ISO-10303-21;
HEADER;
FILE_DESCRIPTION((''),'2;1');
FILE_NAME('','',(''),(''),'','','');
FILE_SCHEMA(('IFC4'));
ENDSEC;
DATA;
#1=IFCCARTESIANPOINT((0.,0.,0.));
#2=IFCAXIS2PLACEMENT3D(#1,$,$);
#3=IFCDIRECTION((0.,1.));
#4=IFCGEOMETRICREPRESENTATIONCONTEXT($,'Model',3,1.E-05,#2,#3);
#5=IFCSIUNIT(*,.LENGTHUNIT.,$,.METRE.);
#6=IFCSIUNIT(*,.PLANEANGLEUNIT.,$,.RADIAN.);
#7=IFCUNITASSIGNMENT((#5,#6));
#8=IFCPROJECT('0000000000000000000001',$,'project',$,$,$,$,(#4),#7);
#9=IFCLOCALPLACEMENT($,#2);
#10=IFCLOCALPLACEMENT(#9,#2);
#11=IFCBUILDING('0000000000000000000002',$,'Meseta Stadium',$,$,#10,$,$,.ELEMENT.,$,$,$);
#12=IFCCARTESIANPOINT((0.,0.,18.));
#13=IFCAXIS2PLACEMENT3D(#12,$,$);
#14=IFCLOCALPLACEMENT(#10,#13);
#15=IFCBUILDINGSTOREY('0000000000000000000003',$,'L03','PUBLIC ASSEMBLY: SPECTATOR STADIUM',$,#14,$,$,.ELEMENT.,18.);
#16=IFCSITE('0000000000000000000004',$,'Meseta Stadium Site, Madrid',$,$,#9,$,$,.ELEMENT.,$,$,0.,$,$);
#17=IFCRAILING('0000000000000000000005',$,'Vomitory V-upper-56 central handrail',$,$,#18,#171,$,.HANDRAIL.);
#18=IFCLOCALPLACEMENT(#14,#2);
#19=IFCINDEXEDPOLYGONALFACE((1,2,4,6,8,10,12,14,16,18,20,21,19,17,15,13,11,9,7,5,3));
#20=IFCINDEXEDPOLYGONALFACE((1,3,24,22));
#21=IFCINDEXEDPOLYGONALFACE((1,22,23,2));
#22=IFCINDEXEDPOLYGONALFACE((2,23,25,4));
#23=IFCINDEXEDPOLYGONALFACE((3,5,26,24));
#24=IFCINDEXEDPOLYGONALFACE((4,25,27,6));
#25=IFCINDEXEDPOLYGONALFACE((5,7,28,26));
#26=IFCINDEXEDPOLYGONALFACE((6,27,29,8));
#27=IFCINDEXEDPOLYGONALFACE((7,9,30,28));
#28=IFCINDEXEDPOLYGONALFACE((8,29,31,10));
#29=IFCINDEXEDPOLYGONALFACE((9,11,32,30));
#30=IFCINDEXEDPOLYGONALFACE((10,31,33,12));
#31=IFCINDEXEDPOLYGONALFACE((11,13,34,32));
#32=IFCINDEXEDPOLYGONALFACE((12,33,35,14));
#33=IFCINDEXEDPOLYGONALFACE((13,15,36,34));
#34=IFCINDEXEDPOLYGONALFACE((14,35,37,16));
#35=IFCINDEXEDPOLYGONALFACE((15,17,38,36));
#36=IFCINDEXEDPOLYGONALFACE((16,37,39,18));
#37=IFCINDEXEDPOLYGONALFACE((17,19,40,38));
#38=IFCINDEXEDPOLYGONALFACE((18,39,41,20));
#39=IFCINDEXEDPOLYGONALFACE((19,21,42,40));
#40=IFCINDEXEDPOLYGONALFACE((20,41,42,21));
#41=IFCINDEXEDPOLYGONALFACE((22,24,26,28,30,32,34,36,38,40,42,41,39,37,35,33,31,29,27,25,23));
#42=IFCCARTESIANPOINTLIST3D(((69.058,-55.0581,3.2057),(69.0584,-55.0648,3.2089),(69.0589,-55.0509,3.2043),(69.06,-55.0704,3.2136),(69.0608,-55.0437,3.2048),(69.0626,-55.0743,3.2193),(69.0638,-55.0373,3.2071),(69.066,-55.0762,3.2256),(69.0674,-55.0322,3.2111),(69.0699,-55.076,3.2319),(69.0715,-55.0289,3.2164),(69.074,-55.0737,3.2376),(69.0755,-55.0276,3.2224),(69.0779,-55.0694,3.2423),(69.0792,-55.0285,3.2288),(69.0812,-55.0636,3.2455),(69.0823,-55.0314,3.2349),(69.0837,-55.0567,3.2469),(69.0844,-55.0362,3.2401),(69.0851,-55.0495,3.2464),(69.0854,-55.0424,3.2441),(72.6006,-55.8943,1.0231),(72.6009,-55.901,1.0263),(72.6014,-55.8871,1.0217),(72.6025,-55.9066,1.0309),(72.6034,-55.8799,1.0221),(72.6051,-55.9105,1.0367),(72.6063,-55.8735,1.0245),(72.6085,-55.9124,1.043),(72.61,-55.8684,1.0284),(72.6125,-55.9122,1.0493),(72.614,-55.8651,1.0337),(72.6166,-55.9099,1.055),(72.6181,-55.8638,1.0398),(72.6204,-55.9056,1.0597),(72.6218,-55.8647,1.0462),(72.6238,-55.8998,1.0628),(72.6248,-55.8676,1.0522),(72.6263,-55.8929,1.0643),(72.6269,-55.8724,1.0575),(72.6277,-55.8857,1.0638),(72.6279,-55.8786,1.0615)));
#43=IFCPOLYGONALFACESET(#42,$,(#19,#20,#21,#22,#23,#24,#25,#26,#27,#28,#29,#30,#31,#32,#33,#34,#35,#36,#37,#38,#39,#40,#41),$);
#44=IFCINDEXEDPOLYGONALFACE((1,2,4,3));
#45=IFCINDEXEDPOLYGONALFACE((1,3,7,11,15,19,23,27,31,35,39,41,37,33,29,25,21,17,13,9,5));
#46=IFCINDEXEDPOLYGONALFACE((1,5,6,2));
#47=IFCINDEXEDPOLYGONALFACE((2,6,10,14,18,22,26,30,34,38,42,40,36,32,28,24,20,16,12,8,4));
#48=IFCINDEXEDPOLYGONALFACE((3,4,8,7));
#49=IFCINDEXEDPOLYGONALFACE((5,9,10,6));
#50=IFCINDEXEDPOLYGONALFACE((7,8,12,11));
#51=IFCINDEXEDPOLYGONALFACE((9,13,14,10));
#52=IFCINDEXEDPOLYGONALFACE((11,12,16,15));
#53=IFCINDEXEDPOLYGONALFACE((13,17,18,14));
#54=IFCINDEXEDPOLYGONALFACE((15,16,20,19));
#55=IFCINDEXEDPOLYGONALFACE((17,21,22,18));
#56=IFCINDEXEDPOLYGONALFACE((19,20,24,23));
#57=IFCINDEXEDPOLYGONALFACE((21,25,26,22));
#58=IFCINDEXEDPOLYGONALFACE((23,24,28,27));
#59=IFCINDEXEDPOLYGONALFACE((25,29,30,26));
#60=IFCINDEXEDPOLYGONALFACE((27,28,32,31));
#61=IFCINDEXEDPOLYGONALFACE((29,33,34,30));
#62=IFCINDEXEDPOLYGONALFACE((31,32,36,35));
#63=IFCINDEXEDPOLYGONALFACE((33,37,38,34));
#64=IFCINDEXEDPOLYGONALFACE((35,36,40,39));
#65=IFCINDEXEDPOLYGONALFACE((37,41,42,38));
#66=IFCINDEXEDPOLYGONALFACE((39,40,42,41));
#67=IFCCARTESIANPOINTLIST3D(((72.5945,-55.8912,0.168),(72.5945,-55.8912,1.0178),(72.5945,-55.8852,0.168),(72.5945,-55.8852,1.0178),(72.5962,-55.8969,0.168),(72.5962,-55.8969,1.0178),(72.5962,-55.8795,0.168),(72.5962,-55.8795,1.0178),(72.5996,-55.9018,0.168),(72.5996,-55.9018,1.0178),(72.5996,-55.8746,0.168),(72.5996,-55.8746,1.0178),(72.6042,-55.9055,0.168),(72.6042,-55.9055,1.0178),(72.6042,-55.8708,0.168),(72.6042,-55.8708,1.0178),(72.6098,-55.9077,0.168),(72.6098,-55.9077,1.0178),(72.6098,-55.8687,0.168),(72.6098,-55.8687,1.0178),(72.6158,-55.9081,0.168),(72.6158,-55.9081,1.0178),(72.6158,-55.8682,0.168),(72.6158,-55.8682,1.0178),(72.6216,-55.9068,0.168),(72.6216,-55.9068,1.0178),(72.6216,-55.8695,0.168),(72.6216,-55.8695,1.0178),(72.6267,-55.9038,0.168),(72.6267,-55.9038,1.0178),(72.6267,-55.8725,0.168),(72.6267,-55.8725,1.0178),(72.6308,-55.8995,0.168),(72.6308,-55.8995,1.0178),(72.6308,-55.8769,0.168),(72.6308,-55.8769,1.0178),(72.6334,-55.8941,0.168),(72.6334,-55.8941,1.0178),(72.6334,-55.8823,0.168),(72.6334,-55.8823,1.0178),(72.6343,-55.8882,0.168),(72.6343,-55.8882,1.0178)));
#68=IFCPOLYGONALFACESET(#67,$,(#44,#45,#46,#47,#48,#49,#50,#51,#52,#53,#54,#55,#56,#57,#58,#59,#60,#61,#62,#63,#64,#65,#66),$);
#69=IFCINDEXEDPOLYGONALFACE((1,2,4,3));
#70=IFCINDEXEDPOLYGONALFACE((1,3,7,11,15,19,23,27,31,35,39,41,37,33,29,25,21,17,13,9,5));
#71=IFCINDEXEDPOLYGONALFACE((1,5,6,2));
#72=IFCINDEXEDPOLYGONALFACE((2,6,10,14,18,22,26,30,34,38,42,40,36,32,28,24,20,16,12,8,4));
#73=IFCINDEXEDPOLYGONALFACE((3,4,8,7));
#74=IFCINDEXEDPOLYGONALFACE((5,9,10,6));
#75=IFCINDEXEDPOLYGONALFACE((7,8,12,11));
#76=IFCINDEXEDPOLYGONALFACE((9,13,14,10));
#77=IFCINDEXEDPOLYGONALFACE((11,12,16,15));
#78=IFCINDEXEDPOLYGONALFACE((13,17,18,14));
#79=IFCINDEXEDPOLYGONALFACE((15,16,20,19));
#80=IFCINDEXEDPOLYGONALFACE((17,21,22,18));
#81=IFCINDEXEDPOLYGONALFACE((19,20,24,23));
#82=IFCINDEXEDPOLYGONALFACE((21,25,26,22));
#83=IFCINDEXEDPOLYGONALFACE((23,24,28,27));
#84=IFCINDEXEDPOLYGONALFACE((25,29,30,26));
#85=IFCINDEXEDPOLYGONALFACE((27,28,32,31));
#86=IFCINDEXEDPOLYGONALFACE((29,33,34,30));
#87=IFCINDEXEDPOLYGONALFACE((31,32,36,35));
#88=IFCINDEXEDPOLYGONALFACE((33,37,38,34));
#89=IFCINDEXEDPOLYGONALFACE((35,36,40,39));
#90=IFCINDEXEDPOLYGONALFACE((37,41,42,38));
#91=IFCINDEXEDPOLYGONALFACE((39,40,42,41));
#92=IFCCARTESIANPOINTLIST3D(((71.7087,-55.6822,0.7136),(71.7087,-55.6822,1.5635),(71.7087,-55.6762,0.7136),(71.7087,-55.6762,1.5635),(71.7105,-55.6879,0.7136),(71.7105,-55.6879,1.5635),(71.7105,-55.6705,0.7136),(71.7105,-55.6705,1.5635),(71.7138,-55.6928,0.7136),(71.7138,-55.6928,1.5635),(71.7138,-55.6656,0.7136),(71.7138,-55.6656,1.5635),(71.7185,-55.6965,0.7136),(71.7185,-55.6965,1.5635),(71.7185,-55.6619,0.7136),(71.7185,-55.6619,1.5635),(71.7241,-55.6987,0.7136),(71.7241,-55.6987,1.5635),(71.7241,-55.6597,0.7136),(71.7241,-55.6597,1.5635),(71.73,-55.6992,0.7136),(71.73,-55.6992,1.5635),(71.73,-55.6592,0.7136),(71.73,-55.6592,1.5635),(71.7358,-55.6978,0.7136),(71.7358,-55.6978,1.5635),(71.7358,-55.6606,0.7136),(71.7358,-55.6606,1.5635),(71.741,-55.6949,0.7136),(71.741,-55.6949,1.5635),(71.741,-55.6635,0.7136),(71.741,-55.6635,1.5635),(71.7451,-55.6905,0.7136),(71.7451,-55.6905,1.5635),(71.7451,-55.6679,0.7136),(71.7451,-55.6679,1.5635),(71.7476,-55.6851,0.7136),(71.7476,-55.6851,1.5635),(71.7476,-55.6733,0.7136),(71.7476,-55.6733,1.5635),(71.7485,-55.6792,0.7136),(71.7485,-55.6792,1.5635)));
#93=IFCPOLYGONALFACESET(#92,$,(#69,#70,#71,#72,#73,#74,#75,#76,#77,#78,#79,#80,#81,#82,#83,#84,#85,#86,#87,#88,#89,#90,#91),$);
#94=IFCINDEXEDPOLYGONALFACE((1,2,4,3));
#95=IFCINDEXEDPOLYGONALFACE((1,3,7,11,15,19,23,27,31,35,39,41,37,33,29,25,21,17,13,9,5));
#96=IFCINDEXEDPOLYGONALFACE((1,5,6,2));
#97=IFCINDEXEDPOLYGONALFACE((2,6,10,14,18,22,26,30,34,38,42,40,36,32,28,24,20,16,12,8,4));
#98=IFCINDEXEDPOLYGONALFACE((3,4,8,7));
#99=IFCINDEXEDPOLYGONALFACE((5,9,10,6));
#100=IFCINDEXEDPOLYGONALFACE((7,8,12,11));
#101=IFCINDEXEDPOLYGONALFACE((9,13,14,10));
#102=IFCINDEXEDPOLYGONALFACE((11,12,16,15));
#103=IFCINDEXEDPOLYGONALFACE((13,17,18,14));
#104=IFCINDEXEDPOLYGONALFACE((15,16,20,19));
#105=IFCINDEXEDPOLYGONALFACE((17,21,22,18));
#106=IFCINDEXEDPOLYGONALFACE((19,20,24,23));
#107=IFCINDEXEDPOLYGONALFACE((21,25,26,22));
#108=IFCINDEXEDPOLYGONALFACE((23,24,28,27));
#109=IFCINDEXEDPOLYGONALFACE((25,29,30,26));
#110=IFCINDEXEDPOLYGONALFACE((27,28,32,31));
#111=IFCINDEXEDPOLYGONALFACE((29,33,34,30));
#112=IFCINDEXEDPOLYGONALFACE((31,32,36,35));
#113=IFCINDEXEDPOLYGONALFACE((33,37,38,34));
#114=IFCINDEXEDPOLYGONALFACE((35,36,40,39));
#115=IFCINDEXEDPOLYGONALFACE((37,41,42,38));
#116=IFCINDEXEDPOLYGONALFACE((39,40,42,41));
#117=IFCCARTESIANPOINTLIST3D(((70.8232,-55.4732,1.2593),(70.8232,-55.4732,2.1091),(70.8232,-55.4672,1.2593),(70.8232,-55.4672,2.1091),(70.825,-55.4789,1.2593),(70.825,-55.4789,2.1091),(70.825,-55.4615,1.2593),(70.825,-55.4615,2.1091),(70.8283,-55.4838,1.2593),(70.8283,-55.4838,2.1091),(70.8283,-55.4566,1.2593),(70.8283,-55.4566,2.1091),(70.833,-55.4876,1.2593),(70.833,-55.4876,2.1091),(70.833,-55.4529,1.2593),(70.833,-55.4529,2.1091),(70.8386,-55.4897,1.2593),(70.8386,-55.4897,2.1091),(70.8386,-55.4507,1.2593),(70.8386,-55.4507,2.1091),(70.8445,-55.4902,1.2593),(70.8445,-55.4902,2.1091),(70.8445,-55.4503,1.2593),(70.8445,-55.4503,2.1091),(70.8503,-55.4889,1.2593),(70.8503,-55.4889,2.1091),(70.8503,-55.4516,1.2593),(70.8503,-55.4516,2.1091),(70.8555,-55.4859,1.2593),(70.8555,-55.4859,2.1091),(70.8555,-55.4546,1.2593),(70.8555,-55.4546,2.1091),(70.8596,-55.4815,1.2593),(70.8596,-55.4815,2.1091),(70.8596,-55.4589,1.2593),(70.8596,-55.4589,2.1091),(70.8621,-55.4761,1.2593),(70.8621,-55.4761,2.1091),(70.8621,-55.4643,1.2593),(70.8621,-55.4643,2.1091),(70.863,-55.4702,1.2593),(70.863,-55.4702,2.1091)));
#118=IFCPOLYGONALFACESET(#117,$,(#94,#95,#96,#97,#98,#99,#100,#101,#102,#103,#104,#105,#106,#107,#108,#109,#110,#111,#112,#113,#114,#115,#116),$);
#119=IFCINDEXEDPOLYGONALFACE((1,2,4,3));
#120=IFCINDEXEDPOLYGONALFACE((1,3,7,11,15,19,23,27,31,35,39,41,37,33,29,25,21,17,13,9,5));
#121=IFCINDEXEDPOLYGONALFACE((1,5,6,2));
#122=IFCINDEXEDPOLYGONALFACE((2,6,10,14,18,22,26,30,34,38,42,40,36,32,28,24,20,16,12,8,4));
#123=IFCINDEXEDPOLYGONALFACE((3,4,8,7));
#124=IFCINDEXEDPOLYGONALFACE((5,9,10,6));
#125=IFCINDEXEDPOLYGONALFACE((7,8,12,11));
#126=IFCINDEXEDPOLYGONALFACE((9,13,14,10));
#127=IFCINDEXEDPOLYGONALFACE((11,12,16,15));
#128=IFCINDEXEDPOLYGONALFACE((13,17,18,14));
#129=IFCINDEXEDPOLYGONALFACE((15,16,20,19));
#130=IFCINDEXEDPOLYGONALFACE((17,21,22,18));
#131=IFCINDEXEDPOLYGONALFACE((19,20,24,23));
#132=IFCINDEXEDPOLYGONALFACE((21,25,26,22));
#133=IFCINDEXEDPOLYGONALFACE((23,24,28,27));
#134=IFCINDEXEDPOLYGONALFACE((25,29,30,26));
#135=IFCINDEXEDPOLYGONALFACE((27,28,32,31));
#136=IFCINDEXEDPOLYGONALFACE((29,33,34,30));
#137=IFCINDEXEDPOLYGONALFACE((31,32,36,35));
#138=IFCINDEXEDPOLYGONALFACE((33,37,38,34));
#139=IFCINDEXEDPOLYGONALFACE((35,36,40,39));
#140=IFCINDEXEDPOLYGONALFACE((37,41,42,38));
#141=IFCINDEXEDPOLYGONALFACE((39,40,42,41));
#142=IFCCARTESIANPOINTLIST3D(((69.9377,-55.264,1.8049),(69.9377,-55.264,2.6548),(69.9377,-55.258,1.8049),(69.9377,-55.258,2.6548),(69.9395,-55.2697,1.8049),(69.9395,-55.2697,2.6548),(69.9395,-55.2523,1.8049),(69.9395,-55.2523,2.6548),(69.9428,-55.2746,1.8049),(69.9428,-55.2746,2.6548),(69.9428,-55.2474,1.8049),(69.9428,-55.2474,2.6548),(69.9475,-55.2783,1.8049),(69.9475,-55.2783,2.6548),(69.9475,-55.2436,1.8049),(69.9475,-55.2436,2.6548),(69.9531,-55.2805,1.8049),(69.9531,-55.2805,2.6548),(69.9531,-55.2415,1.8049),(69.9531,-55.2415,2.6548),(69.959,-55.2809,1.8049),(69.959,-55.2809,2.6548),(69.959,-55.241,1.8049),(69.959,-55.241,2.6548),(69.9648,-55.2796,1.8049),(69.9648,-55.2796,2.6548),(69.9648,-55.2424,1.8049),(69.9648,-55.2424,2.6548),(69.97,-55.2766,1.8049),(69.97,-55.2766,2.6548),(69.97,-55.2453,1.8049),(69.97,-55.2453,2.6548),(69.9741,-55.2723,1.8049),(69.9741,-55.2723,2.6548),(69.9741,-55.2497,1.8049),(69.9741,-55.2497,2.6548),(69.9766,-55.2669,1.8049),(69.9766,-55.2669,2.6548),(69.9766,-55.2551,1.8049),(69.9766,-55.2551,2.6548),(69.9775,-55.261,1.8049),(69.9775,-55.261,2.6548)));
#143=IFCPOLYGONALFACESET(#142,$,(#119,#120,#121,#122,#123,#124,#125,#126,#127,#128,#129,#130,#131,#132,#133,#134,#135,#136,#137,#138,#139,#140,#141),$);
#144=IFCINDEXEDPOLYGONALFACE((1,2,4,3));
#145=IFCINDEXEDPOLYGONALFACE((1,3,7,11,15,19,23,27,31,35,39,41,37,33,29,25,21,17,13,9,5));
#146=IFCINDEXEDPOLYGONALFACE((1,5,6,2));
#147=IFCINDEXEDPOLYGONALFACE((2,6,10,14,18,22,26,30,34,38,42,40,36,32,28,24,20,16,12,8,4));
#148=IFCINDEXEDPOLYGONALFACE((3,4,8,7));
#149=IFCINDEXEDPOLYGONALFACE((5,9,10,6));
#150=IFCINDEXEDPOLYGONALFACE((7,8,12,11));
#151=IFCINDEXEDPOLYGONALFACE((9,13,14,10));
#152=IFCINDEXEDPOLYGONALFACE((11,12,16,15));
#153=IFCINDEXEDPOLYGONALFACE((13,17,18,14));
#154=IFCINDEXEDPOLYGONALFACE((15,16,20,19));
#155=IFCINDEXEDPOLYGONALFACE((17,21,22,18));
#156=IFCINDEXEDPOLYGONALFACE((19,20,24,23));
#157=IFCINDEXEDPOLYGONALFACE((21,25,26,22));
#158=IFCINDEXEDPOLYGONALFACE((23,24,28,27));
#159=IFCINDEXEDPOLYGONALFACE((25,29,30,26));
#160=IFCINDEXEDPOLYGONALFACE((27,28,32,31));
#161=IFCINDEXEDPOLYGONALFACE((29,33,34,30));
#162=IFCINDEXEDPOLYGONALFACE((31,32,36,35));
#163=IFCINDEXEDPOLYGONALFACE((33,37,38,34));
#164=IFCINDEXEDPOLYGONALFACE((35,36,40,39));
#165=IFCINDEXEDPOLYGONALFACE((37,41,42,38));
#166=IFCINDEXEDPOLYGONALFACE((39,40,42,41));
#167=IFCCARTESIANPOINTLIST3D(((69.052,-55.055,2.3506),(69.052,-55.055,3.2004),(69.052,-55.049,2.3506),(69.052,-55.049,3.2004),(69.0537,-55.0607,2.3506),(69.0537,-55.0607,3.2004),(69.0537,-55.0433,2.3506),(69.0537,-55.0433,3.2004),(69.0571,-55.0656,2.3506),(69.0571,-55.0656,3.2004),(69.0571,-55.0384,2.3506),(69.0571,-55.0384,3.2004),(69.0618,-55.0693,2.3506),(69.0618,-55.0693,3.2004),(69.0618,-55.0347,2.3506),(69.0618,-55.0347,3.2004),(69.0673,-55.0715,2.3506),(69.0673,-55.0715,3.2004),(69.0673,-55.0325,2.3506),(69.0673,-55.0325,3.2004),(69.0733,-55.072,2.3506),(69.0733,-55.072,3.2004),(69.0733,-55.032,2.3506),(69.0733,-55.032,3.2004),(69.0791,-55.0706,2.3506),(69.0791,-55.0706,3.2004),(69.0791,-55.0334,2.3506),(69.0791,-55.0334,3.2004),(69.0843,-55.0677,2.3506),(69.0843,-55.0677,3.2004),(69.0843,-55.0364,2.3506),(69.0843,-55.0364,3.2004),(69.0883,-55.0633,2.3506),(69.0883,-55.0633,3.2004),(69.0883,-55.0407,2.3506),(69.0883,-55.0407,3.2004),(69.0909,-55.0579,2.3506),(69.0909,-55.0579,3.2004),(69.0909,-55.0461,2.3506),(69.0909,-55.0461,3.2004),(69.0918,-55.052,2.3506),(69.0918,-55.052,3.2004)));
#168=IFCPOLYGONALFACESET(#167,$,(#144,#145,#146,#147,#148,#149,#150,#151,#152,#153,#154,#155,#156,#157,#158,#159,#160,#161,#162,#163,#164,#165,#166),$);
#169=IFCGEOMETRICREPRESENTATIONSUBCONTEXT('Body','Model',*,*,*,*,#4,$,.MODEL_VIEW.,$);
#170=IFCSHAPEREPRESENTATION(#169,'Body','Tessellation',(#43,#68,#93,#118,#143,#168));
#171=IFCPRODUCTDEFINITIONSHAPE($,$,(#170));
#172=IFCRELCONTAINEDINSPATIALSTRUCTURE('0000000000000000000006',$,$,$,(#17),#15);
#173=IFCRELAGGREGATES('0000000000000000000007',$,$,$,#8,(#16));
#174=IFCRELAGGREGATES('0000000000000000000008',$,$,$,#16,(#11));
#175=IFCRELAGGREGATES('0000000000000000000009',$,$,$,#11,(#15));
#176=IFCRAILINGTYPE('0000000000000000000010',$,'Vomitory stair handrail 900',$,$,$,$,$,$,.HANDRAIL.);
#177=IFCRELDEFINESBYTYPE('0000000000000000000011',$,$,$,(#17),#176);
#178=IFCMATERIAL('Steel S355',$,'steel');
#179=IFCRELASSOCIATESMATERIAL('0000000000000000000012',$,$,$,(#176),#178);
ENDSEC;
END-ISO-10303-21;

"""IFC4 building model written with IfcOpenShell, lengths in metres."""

from ifc_helpers import new_model, si_unit, direction, frame, origin, origin_2d, place, context, subcontext, project, spatial, circle, extrude, material, type_object, element, save


model = new_model("IFC4")

# Units and contexts
model_context = context("Model", 3, precision=1e-05, world=origin(), true_north=direction((0.0, 1.0)))
body_context = subcontext(model_context, "Body", "Model", "MODEL_VIEW")
ifc_project = project(units=[si_unit("LENGTHUNIT", "METRE"), si_unit("PLANEANGLEUNIT", "RADIAN")], contexts=[model_context])

# Site, building, storey
site_placement = place(None, origin())
site = spatial("IfcSite", under=ifc_project, at=site_placement, Name="Meseta Stadium Site, Madrid", CompositionType="ELEMENT", RefElevation=0.0)
building_placement = place(site_placement, origin())
building = spatial("IfcBuilding", under=site, at=building_placement, Name="Meseta Stadium", CompositionType="ELEMENT")
storey_placement = place(building_placement, frame((0.0, 0.0, 18.0)))
storey = spatial("IfcBuildingStorey", under=building, at=storey_placement, Name="L03", Description="PUBLIC ASSEMBLY: SPECTATOR STADIUM", CompositionType="ELEMENT", Elevation=18.0)

# Railing
ifc_material_1 = material(Name="Steel S355", Category="steel")
railing_type_1 = type_object("IfcRailingType", Name="Vomitory stair handrail 900", PredefinedType="HANDRAIL", material=ifc_material_1)
railing_1_placement = place(storey_placement, frame((72.6143, -55.8882, 0.168)))
element("IfcRailing", 1, at=railing_1_placement, inside=storey, type_object=railing_type_1, Name="Vomitory V-upper-56 central handrail", PredefinedType="HANDRAIL", context=body_context, shape_type="SweptSolid", body=[
    extrude(circle(Radius=0.0249, at=origin_2d()), frame((0.0, 0.0, 0.875), z_axis=(-0.834688, 0.197023, 0.514274), x_axis=(-0.229731, -0.973254, 0.0)), (0.0, 0.0, 1.0), 4.2441),
    extrude(circle(Radius=0.02, at=origin_2d()), origin(), (0.0, 0.0, 1.0), 0.8499),
    extrude(circle(Radius=0.02, at=origin_2d()), frame((-0.8857, 0.209, 0.5457)), (0.0, 0.0, 1.0), 0.8499),
    extrude(circle(Radius=0.02, at=origin_2d()), frame((-1.7712, 0.418, 1.0913)), (0.0, 0.0, 1.0), 0.8499),
    extrude(circle(Radius=0.02, at=origin_2d()), frame((-2.6567, 0.6272, 1.637)), (0.0, 0.0, 1.0), 0.8499),
    extrude(circle(Radius=0.02, at=origin_2d()), frame((-3.5425, 0.8362, 2.1826)), (0.0, 0.0, 1.0), 0.8499),
])

save(model, "model.ifc")
